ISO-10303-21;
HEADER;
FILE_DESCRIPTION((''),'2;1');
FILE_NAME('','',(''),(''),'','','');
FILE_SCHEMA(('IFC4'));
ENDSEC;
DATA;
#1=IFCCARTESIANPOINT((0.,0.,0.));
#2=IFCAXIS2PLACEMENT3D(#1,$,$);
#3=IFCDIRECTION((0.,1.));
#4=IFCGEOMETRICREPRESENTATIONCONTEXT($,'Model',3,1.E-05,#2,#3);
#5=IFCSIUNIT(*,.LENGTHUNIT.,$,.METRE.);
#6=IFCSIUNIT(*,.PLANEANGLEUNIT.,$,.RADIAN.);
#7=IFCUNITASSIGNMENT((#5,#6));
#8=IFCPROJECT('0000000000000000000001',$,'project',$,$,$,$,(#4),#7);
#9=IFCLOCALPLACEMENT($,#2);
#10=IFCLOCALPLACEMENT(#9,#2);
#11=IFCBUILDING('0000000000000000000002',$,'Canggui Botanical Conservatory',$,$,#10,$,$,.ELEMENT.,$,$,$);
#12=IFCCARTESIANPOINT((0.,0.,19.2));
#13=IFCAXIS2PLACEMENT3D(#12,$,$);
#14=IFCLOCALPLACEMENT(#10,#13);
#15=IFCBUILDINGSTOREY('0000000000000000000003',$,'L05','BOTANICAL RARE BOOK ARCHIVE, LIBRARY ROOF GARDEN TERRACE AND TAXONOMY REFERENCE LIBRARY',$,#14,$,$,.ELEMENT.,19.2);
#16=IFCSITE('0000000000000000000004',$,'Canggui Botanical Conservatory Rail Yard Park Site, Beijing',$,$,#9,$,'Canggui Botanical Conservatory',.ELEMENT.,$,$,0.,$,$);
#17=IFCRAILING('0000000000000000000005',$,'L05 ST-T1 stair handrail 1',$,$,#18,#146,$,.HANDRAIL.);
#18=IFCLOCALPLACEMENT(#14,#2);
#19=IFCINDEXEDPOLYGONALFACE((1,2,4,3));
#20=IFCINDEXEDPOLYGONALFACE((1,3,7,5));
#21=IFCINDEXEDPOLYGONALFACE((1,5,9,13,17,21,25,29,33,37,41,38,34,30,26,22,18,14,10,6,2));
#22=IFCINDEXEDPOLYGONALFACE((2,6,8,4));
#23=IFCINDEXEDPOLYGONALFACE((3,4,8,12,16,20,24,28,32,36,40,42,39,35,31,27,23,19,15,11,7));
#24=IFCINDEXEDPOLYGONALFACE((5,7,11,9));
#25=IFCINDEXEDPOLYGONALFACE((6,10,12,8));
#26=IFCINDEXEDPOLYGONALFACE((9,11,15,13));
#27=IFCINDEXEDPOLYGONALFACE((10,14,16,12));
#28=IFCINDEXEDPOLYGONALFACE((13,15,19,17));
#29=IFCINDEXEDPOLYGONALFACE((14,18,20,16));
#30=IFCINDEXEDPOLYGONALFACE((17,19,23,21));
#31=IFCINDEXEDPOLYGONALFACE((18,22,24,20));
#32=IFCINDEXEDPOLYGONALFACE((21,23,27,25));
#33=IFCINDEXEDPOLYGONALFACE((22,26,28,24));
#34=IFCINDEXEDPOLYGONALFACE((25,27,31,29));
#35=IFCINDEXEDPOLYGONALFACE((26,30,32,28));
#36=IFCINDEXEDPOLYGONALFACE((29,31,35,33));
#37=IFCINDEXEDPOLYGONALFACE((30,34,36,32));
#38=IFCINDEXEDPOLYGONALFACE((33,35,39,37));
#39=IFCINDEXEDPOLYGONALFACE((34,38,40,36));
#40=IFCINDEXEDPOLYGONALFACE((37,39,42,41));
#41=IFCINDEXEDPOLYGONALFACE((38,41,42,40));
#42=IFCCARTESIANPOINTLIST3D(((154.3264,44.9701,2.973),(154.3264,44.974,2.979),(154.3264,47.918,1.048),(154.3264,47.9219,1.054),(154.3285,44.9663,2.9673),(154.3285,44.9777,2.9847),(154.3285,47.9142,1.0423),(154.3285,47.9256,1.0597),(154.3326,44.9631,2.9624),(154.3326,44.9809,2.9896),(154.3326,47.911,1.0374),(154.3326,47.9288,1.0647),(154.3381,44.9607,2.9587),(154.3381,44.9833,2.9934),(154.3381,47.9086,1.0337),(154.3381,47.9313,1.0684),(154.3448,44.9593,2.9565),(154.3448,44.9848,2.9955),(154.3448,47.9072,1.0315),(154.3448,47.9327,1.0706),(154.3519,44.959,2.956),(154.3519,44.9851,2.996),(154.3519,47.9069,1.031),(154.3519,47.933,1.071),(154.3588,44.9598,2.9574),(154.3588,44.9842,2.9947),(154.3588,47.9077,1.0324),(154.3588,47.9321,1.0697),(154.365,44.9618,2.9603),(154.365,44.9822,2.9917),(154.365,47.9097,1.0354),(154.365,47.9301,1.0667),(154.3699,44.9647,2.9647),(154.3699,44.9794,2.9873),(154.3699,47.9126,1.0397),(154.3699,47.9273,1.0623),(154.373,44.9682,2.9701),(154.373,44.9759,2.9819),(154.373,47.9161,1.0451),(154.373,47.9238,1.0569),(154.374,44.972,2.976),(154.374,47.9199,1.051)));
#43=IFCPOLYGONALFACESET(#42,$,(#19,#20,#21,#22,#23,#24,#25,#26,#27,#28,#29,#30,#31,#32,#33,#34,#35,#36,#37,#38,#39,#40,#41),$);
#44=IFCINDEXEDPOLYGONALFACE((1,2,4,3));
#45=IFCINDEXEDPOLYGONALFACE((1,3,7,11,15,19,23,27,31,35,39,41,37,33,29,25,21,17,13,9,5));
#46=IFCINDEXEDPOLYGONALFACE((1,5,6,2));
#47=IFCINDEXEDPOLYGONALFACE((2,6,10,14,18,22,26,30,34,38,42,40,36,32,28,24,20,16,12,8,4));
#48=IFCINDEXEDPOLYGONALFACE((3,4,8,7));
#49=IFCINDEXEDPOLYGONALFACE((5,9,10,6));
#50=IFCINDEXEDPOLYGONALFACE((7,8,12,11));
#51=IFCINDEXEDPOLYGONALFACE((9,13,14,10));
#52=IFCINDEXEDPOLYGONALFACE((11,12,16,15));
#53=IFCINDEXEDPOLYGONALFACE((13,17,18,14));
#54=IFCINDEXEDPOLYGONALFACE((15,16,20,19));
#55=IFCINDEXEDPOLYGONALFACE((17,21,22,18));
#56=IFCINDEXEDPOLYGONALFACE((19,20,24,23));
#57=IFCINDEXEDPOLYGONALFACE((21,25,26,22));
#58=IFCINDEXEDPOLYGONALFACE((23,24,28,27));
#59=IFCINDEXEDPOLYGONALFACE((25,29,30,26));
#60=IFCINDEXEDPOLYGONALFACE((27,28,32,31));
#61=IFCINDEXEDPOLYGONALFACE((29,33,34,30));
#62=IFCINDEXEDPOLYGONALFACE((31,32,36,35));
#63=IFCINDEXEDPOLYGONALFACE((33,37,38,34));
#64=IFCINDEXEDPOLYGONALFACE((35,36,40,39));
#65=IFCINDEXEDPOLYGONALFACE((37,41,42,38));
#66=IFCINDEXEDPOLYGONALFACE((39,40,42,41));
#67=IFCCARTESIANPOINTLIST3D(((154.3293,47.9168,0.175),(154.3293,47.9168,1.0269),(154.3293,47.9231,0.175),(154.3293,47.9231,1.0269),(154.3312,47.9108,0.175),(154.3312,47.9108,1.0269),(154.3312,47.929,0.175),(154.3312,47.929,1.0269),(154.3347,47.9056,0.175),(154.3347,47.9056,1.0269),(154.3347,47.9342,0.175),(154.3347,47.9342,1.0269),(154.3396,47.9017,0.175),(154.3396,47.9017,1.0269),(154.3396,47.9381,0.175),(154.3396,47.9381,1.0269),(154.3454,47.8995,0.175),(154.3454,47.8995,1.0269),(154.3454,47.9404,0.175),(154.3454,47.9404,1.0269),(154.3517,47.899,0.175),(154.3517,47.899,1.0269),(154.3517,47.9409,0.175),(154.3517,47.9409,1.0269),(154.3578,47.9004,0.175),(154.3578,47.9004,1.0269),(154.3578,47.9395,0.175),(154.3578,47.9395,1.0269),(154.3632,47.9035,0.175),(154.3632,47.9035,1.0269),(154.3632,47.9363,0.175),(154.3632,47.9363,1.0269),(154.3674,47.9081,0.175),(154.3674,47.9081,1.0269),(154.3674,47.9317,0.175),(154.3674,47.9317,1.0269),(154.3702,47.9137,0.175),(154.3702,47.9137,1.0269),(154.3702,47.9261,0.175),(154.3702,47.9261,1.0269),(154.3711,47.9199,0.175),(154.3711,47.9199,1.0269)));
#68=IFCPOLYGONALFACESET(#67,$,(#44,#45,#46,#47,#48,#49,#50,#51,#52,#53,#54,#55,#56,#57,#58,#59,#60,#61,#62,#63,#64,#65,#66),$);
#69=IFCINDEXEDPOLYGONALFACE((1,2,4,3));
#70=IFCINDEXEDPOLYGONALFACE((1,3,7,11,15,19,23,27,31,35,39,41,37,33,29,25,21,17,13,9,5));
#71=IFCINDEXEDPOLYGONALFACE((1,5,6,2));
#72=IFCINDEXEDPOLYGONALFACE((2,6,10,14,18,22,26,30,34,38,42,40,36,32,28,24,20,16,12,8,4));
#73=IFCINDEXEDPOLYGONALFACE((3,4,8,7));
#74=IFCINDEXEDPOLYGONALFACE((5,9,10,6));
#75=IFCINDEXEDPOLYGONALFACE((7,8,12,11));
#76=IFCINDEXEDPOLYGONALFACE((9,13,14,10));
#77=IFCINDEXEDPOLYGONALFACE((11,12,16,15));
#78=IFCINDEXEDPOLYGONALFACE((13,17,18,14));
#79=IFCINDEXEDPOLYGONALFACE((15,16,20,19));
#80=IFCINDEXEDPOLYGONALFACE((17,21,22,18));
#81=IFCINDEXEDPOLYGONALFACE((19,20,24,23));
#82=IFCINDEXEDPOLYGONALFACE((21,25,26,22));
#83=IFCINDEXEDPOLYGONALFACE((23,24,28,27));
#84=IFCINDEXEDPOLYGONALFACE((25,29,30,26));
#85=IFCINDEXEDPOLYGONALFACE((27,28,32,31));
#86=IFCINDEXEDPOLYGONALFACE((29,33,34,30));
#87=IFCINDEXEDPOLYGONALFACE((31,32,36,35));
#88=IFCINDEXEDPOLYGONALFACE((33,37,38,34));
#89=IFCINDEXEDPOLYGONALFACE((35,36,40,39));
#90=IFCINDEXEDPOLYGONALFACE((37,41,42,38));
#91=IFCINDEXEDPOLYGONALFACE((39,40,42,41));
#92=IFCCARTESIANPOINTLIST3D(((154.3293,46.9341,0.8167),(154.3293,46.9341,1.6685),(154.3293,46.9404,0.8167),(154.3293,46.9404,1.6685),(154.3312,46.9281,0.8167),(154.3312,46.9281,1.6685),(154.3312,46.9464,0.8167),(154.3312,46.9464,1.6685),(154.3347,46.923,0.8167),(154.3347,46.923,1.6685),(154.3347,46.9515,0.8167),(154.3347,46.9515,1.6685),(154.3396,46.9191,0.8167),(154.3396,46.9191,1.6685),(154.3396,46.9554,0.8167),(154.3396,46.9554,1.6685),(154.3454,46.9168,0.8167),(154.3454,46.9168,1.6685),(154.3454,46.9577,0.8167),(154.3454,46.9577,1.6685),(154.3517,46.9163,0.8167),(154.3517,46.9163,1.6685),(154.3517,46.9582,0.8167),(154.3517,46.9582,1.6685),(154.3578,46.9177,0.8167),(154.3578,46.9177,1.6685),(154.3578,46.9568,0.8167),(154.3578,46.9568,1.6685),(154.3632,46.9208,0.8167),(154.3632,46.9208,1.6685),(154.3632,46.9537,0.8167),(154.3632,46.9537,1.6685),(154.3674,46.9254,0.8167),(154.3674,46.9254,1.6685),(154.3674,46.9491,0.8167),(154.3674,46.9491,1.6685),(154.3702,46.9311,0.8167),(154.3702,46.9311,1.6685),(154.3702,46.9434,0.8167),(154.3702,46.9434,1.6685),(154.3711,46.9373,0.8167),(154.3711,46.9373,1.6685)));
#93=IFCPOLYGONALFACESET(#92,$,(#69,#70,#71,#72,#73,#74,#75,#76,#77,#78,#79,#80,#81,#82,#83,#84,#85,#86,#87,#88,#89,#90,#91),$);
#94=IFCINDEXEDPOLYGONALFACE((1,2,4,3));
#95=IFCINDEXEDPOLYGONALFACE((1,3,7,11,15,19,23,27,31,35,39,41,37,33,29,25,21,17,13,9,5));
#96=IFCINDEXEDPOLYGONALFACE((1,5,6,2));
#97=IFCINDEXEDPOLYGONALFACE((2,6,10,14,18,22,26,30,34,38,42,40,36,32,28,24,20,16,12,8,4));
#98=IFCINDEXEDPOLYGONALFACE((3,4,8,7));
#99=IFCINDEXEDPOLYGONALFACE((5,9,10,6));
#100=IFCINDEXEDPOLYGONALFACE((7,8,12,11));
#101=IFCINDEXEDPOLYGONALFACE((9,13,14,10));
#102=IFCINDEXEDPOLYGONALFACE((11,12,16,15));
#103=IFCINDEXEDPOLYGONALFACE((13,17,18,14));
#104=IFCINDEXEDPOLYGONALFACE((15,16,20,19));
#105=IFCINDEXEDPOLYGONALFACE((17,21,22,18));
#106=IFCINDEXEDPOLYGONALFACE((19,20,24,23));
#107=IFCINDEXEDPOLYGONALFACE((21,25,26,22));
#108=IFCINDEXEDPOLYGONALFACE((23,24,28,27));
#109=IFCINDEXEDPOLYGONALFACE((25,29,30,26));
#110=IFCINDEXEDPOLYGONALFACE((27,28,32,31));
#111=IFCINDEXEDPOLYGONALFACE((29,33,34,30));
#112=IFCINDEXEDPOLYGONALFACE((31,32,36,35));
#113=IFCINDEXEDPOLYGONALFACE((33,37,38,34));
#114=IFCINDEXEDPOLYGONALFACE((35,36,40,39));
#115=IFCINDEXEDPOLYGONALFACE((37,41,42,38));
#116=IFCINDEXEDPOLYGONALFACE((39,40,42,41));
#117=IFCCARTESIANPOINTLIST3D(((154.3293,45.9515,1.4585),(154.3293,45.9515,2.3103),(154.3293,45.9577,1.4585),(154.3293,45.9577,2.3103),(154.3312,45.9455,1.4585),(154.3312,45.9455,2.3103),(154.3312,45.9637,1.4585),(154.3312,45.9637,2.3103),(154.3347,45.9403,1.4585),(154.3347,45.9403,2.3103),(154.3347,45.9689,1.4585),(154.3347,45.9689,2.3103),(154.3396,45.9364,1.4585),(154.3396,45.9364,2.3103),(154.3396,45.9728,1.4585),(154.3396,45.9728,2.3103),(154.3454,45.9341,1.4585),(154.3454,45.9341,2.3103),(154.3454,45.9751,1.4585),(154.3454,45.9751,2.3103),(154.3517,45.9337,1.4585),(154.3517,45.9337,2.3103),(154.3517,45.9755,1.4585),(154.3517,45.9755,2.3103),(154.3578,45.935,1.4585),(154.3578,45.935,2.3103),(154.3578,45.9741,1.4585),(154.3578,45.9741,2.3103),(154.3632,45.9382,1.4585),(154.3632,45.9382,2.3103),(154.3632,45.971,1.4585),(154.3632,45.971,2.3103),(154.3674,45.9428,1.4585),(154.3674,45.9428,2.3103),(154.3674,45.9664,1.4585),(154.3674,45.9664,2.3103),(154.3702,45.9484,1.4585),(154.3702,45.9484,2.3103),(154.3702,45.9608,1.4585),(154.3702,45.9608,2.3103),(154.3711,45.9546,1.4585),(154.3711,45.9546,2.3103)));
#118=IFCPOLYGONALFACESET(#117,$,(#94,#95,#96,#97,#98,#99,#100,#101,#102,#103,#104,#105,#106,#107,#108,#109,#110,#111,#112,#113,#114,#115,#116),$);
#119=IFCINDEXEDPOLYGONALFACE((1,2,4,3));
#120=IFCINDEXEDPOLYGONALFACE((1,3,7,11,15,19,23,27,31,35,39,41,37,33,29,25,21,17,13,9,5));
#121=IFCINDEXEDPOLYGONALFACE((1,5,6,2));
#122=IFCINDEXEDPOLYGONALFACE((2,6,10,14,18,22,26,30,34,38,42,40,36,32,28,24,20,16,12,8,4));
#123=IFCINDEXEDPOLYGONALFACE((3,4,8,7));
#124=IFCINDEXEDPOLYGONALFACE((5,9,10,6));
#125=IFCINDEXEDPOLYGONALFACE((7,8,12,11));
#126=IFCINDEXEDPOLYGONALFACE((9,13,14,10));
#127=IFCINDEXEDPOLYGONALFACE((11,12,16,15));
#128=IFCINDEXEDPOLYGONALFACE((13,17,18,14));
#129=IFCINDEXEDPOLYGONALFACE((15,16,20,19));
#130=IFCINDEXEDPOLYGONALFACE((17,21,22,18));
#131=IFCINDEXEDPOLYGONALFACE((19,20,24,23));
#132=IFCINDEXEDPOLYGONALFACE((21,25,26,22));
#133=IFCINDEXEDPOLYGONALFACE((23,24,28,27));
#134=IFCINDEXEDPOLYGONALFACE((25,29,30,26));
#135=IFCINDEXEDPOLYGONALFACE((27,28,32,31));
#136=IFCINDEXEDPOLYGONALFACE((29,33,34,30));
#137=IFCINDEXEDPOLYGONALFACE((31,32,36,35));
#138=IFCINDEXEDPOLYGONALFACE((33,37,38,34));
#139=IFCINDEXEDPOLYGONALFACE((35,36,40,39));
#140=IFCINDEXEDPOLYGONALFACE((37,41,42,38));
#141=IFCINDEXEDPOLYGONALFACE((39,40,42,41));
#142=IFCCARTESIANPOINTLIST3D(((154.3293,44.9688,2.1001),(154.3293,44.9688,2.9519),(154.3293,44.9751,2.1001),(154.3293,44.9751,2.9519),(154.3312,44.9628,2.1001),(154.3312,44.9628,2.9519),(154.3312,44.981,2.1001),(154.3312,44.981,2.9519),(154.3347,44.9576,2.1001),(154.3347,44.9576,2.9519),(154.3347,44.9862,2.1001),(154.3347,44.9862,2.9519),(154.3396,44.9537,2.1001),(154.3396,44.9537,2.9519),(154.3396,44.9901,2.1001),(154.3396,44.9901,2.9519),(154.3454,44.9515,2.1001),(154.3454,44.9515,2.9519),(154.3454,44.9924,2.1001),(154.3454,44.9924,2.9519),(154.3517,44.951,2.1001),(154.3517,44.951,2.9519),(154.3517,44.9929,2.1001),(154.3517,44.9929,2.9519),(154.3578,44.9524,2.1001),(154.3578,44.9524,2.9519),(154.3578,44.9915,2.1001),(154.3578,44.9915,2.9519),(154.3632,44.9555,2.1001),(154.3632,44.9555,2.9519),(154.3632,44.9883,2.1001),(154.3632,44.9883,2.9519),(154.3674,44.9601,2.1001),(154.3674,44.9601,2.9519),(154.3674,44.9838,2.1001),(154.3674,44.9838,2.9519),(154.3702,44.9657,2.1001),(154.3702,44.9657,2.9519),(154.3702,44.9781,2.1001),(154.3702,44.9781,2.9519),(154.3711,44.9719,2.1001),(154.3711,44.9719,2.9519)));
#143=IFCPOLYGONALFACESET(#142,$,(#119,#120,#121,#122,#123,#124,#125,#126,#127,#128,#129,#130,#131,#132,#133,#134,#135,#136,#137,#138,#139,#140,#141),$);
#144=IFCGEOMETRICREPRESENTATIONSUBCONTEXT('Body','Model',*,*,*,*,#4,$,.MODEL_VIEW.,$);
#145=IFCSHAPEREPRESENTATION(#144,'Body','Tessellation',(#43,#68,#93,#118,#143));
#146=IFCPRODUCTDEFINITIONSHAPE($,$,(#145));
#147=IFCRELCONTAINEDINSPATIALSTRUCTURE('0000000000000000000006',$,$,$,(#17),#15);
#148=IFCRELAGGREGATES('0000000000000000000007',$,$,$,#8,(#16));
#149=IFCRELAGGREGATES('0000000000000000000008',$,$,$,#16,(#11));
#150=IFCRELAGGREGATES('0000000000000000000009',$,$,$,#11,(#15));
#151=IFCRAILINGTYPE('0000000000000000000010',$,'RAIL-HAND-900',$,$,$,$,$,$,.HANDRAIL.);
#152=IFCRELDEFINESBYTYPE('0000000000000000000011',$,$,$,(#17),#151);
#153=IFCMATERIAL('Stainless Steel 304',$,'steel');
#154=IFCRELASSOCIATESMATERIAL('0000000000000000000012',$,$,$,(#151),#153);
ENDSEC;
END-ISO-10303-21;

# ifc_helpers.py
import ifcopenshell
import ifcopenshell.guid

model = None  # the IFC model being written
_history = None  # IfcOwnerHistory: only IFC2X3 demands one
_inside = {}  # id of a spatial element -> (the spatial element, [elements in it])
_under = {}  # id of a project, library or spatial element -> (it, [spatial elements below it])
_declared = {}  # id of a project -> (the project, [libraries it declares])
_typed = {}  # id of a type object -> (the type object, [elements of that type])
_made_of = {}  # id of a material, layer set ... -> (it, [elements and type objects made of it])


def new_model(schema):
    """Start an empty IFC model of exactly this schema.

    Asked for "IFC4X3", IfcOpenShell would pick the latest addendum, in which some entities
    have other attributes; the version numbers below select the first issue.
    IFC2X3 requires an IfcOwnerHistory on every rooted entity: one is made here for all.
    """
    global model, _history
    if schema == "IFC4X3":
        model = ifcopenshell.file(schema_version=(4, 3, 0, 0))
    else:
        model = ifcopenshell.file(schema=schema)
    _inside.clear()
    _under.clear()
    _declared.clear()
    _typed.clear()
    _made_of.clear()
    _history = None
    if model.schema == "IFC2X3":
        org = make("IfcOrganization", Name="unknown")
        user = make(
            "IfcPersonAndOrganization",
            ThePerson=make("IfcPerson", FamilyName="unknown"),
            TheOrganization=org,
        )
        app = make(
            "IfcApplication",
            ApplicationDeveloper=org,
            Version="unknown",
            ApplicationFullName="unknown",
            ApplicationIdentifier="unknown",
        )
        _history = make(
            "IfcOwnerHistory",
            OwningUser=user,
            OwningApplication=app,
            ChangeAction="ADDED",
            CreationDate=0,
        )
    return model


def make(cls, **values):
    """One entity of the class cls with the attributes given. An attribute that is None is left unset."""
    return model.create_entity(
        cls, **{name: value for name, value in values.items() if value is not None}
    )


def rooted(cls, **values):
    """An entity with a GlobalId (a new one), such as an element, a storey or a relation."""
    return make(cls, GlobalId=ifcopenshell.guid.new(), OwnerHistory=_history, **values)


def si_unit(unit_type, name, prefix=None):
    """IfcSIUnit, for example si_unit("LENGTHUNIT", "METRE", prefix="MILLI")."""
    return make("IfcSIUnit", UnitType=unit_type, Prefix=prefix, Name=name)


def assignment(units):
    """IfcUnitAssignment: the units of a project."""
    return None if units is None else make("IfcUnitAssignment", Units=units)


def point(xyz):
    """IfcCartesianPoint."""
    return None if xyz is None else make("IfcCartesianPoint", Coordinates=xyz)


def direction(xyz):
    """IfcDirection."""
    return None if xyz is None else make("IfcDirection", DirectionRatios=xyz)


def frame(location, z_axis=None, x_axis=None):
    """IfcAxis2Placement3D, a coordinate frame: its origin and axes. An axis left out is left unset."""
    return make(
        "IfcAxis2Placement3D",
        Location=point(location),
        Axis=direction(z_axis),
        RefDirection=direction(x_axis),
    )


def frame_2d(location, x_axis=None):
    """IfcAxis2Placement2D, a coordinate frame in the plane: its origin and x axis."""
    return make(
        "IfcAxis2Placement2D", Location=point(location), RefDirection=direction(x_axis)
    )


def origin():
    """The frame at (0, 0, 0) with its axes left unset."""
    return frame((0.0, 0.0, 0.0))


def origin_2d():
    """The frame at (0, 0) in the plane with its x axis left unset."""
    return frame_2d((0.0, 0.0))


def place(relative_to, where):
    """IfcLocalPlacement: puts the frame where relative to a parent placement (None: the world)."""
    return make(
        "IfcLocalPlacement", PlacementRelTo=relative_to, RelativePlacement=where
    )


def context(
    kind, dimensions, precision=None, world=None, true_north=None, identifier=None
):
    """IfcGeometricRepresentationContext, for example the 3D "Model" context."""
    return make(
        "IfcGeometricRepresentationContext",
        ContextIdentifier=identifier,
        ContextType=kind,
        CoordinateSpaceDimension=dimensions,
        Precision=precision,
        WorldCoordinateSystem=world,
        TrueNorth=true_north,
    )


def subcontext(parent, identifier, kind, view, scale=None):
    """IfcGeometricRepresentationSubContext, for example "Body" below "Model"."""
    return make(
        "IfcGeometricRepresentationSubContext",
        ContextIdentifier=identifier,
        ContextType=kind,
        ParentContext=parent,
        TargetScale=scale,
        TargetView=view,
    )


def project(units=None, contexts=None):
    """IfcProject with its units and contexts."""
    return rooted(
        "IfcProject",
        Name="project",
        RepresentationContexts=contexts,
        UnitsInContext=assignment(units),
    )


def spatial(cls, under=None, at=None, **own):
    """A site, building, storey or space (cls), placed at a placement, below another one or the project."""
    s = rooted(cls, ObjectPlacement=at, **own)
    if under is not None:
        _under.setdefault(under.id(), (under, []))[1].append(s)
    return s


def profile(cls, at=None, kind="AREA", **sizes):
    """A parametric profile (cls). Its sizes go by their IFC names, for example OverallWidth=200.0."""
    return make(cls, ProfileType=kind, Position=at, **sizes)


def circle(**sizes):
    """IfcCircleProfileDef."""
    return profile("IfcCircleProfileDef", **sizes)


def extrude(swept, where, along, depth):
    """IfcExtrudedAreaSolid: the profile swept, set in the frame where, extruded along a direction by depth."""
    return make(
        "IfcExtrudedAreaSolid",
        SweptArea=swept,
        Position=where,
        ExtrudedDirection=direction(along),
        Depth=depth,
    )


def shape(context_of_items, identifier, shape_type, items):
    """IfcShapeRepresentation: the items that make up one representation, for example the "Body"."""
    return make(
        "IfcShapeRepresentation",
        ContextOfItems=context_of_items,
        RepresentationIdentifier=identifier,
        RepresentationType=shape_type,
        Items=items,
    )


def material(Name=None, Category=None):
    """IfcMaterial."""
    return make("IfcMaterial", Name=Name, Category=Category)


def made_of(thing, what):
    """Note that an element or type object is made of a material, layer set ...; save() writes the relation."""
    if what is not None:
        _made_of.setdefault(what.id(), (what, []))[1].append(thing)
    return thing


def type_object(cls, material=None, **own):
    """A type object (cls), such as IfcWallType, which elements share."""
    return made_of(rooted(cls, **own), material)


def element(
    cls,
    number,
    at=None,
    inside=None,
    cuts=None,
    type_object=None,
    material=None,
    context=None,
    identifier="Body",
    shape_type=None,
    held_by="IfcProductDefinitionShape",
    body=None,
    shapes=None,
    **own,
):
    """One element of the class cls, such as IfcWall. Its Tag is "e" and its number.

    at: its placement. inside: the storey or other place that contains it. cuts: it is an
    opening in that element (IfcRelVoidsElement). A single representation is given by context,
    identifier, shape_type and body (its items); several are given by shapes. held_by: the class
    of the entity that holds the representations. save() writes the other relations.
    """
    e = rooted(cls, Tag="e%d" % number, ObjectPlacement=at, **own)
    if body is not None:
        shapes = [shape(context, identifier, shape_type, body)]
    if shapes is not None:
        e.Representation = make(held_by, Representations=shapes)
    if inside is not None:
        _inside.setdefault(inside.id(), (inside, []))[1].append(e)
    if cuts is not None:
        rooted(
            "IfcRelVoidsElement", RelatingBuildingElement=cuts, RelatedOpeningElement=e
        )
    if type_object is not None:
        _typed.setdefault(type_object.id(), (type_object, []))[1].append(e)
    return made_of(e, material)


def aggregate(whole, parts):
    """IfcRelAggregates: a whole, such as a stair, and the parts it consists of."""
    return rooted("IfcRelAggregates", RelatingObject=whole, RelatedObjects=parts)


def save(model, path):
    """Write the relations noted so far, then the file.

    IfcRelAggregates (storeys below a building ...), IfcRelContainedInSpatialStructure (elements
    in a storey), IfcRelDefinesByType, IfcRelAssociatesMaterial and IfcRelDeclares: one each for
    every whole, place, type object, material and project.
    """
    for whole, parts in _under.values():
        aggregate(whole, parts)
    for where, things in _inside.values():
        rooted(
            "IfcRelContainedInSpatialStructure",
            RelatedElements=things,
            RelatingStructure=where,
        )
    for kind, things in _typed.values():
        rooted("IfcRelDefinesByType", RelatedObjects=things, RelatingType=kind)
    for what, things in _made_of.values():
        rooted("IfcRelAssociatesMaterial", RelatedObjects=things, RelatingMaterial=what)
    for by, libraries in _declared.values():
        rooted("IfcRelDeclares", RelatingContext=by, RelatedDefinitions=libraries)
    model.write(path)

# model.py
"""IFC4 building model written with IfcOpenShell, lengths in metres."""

from ifc_helpers import new_model, si_unit, direction, frame, origin, origin_2d, place, context, subcontext, project, spatial, circle, extrude, material, type_object, element, save


model = new_model("IFC4")

# Units and contexts
model_context = context("Model", 3, precision=1e-05, world=origin(), true_north=direction((0.0, 1.0)))
body_context = subcontext(model_context, "Body", "Model", "MODEL_VIEW")
ifc_project = project(units=[si_unit("LENGTHUNIT", "METRE"), si_unit("PLANEANGLEUNIT", "RADIAN")], contexts=[model_context])

# Site, building, storey
site_placement = place(None, origin())
site = spatial("IfcSite", under=ifc_project, at=site_placement, Name="Canggui Botanical Conservatory Rail Yard Park Site, Beijing", LongName="Canggui Botanical Conservatory", CompositionType="ELEMENT", RefElevation=0.0)
building_placement = place(site_placement, origin())
building = spatial("IfcBuilding", under=site, at=building_placement, Name="Canggui Botanical Conservatory", CompositionType="ELEMENT")
storey_placement = place(building_placement, frame((0.0, 0.0, 19.2)))
storey = spatial("IfcBuildingStorey", under=building, at=storey_placement, Name="L05", Description="BOTANICAL RARE BOOK ARCHIVE, LIBRARY ROOF GARDEN TERRACE AND TAXONOMY REFERENCE LIBRARY", CompositionType="ELEMENT", Elevation=19.2)

# Railing
ifc_material_1 = material(Name="Stainless Steel 304", Category="steel")
railing_type_1 = type_object("IfcRailingType", Name="RAIL-HAND-900", PredefinedType="HANDRAIL", material=ifc_material_1)
railing_1_placement = place(storey_placement, frame((154.3501, 47.9199, 0.175)))
element("IfcRailing", 1, at=railing_1_placement, inside=storey, type_object=railing_type_1, Name="L05 ST-T1 stair handrail 1", PredefinedType="HANDRAIL", context=body_context, shape_type="SweptSolid", body=[
    extrude(circle(Radius=0.0239, at=origin_2d()), frame((0.0, 0.0, 0.876), z_axis=(0.0, -0.837293, 0.546754), x_axis=(1.0, 0.0, 0.0)), (0.0, 0.0, 1.0), 3.5208),
    extrude(circle(Radius=0.021, at=origin_2d()), origin(), (0.0, 0.0, 1.0), 0.8518),
    extrude(circle(Radius=0.021, at=origin_2d()), frame((0.0, -0.9827, 0.6416)), (0.0, 0.0, 1.0), 0.8518),
    extrude(circle(Radius=0.021, at=origin_2d()), frame((0.0, -1.9653, 1.2834)), (0.0, 0.0, 1.0), 0.8518),
    extrude(circle(Radius=0.021, at=origin_2d()), frame((0.0, -2.948, 1.925)), (0.0, 0.0, 1.0), 0.8518),
])

save(model, "model.ifc")
